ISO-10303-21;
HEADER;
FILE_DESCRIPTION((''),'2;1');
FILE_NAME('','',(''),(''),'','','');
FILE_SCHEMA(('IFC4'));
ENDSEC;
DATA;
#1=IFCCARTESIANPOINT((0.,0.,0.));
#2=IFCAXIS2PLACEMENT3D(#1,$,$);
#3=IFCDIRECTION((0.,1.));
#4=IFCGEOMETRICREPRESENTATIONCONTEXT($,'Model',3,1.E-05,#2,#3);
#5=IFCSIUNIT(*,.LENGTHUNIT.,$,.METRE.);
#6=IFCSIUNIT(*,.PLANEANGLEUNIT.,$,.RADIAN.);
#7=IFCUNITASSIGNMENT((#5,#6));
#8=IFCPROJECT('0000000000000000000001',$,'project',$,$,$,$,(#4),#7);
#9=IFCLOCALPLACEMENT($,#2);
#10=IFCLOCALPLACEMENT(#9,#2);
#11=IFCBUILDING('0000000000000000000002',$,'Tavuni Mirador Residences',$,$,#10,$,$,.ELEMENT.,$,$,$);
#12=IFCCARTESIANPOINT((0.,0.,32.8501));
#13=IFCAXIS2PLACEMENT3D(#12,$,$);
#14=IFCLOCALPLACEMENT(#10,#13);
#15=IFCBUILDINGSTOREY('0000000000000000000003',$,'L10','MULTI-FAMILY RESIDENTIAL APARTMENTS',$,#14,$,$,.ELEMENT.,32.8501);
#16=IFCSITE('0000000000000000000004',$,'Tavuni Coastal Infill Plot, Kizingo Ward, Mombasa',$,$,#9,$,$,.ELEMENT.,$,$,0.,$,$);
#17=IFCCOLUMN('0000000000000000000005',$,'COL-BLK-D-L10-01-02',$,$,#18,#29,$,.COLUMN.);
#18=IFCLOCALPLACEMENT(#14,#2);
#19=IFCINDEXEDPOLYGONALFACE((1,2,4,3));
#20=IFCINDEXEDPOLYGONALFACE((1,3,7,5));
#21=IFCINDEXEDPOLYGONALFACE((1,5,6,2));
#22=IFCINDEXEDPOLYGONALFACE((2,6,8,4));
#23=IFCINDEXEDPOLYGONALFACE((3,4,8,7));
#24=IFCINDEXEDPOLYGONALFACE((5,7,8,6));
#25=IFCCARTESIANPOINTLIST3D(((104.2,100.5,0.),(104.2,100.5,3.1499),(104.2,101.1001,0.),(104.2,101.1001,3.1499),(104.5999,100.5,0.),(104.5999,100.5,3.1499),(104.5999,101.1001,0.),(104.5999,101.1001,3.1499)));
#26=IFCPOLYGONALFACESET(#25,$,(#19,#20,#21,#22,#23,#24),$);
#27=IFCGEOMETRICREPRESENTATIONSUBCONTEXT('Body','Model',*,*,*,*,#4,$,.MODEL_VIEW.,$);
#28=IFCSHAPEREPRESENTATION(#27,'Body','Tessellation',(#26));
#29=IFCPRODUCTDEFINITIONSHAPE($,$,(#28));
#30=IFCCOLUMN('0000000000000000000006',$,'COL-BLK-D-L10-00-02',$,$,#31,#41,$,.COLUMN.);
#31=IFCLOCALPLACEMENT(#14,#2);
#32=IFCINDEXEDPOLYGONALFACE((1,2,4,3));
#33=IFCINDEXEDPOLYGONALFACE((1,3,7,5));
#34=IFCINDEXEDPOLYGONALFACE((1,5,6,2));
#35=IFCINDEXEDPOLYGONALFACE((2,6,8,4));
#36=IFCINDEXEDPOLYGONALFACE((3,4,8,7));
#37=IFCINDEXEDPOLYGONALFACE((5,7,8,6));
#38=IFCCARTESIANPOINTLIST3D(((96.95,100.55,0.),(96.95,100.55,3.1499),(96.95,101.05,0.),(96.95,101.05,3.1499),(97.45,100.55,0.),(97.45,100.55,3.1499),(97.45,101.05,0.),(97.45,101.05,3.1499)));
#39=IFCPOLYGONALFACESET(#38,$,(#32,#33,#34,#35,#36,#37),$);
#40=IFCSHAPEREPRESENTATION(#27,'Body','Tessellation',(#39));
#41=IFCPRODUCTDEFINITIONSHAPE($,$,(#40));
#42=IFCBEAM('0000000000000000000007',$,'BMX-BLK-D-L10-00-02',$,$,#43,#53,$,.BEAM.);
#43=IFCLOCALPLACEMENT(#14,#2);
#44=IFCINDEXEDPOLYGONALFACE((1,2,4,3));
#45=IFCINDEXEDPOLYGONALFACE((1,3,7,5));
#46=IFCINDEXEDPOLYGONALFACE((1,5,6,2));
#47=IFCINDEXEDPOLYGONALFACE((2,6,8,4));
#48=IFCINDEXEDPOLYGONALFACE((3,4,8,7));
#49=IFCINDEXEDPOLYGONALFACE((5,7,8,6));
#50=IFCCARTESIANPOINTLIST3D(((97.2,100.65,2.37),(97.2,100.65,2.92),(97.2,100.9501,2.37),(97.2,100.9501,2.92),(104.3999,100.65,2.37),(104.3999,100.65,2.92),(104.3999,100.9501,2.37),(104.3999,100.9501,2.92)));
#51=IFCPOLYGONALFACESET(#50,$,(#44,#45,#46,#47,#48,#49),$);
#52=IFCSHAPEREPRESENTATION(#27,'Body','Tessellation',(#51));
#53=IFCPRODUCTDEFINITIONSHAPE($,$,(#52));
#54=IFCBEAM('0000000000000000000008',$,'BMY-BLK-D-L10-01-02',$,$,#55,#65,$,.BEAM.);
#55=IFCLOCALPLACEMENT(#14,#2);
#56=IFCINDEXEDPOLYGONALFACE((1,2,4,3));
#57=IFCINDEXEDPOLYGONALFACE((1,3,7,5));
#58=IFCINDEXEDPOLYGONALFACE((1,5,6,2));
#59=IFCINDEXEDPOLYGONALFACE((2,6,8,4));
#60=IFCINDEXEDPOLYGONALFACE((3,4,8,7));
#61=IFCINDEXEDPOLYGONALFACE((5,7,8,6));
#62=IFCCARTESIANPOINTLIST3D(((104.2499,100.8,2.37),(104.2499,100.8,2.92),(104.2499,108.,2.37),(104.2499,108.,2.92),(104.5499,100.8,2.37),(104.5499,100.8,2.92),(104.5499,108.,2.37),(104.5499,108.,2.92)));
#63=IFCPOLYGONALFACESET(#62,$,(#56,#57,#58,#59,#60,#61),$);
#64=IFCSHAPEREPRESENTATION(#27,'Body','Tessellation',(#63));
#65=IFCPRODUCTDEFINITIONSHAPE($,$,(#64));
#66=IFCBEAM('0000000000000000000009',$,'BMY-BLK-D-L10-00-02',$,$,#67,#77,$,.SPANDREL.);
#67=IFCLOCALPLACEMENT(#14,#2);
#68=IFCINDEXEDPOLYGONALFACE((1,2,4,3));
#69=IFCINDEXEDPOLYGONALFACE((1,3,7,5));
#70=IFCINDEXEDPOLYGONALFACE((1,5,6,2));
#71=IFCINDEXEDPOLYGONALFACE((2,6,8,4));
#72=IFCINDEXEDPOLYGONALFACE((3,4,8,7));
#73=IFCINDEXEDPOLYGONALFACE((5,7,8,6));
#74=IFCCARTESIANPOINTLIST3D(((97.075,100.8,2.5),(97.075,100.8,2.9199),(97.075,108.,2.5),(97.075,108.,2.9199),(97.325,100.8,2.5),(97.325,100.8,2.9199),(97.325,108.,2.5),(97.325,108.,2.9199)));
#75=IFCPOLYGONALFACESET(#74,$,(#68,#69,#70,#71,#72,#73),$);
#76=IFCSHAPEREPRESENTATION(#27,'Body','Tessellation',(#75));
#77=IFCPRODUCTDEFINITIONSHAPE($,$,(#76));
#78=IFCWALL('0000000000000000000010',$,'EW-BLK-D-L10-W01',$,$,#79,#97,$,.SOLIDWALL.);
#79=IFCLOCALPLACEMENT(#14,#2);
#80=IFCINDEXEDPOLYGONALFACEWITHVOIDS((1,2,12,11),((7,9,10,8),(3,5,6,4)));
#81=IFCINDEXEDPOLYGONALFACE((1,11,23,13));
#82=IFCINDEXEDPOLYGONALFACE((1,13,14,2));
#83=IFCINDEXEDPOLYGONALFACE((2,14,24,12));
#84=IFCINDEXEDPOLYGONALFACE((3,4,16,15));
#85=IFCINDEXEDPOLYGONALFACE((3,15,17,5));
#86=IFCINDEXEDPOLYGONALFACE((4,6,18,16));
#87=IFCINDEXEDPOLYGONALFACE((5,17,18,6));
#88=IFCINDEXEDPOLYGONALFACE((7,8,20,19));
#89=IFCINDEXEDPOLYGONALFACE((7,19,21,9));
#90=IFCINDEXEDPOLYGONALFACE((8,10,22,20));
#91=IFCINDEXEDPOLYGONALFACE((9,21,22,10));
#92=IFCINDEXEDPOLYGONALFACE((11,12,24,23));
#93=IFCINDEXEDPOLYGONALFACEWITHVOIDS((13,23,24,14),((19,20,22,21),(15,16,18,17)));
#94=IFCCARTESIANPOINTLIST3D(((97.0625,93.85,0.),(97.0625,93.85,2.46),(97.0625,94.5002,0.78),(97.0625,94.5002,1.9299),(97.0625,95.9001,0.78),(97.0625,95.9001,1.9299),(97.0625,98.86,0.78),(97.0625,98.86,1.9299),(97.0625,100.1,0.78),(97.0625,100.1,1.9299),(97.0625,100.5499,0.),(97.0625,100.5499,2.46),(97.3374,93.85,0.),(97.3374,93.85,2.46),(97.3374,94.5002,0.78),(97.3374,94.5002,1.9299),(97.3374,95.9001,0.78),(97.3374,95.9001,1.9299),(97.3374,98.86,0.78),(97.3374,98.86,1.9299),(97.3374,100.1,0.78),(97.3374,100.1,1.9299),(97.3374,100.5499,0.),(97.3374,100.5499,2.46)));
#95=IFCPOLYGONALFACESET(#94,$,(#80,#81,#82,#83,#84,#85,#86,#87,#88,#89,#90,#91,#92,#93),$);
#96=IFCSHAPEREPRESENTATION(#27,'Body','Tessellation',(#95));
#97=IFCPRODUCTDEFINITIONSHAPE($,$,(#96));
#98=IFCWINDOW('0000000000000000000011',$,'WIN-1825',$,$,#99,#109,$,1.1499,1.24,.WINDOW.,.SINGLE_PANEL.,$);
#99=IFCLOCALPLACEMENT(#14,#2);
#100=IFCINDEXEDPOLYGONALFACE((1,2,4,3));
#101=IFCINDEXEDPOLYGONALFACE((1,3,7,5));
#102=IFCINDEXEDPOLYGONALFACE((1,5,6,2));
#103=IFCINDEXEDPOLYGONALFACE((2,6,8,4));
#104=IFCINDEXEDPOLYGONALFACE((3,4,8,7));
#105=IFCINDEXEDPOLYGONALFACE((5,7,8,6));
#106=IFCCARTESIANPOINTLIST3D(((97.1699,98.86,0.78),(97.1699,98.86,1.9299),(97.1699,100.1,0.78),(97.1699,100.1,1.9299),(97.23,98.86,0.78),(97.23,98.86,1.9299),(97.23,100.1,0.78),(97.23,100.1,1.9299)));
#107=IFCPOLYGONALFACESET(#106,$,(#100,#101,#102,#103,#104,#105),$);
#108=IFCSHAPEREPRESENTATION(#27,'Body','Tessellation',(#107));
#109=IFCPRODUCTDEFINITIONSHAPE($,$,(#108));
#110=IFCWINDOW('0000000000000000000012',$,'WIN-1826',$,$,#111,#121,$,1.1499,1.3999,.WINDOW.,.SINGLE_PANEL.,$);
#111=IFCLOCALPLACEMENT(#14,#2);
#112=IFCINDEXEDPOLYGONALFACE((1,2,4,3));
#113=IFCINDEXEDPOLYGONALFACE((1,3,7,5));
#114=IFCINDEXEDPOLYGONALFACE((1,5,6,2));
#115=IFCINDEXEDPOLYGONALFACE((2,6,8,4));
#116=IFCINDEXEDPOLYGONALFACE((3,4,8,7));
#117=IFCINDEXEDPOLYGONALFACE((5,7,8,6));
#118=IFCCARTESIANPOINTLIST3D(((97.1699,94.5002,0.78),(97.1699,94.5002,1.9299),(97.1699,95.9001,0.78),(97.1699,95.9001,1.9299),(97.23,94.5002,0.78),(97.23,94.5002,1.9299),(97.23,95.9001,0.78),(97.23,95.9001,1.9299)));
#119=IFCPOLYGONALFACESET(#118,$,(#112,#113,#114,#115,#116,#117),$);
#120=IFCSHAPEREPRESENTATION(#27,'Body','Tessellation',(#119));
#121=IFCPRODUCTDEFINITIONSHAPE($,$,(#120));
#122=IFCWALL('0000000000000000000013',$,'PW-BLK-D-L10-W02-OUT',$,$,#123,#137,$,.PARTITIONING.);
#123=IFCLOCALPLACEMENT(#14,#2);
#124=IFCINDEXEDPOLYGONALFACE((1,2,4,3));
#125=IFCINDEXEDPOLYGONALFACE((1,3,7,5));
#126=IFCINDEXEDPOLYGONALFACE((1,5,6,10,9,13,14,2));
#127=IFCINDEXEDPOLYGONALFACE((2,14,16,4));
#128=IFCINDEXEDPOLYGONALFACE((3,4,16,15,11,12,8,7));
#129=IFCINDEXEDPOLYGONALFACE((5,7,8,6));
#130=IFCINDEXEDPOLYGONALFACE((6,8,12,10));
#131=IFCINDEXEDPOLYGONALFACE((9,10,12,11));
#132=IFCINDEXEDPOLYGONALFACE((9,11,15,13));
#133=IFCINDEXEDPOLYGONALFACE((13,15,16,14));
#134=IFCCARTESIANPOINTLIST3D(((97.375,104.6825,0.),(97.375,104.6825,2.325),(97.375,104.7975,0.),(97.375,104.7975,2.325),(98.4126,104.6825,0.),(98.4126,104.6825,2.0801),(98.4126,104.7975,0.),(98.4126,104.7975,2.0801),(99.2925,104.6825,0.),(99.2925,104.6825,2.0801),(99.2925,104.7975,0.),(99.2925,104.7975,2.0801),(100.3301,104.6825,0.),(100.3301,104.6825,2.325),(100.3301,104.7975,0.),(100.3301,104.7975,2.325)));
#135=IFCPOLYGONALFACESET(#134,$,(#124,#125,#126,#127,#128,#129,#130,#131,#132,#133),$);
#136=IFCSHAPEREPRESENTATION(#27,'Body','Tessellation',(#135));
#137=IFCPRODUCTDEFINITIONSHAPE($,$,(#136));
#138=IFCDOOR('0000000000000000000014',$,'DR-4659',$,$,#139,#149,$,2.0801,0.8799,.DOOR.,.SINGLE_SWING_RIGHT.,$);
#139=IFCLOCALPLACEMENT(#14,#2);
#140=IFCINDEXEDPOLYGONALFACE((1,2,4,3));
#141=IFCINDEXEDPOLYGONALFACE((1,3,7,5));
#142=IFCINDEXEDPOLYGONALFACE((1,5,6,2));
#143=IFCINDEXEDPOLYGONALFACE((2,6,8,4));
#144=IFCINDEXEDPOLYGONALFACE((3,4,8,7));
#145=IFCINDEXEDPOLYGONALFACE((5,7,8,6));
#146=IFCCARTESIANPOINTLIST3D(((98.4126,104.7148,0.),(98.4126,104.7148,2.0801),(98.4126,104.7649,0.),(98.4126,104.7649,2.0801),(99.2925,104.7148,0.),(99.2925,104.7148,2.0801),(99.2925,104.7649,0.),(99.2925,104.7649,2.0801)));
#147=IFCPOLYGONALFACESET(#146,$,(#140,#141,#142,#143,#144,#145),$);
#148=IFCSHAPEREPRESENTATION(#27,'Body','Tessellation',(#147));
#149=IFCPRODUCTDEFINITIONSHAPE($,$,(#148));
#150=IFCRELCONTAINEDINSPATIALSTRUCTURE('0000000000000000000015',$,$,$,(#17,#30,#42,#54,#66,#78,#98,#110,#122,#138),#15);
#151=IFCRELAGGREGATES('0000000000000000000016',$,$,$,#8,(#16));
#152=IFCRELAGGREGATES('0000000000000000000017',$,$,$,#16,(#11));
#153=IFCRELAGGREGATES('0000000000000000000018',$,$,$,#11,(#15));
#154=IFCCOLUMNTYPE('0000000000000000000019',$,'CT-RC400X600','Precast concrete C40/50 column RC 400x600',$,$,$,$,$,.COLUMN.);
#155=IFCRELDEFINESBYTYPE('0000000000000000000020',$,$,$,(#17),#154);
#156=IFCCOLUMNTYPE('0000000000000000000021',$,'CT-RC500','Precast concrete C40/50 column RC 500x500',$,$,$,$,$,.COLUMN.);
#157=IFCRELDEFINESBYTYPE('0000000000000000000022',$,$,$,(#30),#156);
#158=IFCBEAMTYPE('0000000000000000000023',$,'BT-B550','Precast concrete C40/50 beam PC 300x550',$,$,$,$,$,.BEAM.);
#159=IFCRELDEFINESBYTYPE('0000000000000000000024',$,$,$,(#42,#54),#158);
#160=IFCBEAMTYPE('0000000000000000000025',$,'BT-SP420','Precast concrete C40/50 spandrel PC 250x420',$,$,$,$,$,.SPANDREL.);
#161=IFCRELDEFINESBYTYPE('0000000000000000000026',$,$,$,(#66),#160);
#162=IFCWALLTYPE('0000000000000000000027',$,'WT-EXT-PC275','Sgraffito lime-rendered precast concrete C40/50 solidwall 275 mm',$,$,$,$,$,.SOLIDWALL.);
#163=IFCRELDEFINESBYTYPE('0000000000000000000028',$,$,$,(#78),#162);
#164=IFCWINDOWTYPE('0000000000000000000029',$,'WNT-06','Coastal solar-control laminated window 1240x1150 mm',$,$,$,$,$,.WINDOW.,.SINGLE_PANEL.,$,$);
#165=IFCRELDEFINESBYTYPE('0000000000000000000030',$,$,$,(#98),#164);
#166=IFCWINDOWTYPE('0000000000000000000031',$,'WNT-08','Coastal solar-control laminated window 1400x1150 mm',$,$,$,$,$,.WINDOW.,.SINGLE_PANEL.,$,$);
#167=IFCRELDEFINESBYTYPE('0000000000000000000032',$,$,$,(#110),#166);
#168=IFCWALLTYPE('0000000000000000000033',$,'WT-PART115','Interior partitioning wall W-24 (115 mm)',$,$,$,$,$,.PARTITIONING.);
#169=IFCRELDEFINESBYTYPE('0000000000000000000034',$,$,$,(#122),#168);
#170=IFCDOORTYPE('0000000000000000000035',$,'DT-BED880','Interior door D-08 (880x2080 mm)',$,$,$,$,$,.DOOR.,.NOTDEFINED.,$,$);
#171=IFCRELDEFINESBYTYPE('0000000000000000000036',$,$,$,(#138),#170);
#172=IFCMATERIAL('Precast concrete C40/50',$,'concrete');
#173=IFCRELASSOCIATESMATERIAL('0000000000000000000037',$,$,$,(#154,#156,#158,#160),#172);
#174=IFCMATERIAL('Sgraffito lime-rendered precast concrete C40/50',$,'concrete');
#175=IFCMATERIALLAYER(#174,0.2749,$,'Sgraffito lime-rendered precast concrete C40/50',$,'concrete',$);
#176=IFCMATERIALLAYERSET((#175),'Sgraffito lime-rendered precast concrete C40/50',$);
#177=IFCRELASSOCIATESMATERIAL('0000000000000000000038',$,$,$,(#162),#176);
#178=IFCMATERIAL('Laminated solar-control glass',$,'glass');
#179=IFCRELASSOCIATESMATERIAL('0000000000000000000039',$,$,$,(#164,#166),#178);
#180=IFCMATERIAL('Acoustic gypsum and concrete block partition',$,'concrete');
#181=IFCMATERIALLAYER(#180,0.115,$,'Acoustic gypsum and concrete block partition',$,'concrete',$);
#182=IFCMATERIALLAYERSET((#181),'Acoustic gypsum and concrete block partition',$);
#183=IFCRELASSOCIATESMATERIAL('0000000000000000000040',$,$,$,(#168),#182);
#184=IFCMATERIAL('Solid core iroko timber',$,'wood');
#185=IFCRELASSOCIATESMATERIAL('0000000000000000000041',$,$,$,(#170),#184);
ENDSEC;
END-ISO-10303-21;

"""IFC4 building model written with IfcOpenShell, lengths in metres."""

from ifc_helpers import new_model, si_unit, direction, frame, frame_2d, origin, origin_2d, place, context, subcontext, project, spatial, rectangle, extrude, material, layer, layer_set, material_profile, profile_set, type_object, element, fill, save


model = new_model("IFC4")

# Units and contexts
model_context = context("Model", 3, precision=1e-05, world=origin(), true_north=direction((0.0, 1.0)))
body_context = subcontext(model_context, "Body", "Model", "MODEL_VIEW")
ifc_project = project(units=[si_unit("LENGTHUNIT", "METRE"), si_unit("PLANEANGLEUNIT", "RADIAN")], contexts=[model_context])

# Site, building, storey
site_placement = place(None, origin())
site = spatial("IfcSite", under=ifc_project, at=site_placement, Name="Tavuni Coastal Infill Plot, Kizingo Ward, Mombasa", CompositionType="ELEMENT", RefElevation=0.0)
building_placement = place(site_placement, origin())
building = spatial("IfcBuilding", under=site, at=building_placement, Name="Tavuni Mirador Residences", CompositionType="ELEMENT")
storey_placement = place(building_placement, frame((0.0, 0.0, 32.8501)))
storey = spatial("IfcBuildingStorey", under=building, at=storey_placement, Name="L10", Description="MULTI-FAMILY RESIDENTIAL APARTMENTS", CompositionType="ELEMENT", Elevation=32.8501)

# Columns
ifc_material_1 = material(Name="Precast concrete C40/50", Category="concrete")
ifc_material_profile_1 = material_profile(ifc_material_1, rectangle(XDim=0.3999, YDim=0.6001, at=origin_2d()), Name="RC 400x600", Category="concrete")
ifc_profile_set_1 = profile_set([ifc_material_profile_1], Name="Precast concrete C40/50")
column_type_1 = type_object("IfcColumnType", Name="CT-RC400X600", Description="Precast concrete C40/50 column RC 400x600", PredefinedType="COLUMN", material=ifc_profile_set_1)
column_1_placement = place(storey_placement, frame((104.3999, 100.8, 0.0), z_axis=(0.0, 0.0, 1.0), x_axis=(1.0, 0.0, 0.0)))
element("IfcColumn", 1, at=column_1_placement, inside=storey, type_object=column_type_1, Name="COL-BLK-D-L10-01-02", PredefinedType="COLUMN", context=body_context, shape_type="SweptSolid", body=[
    extrude(rectangle(XDim=0.3999, YDim=0.6001, at=origin_2d()), origin(), (0.0, 0.0, 1.0), 3.1499),
])
ifc_material_profile_2 = material_profile(ifc_material_1, rectangle(XDim=0.5, YDim=0.5, at=origin_2d()), Name="RC 500x500", Category="concrete")
ifc_profile_set_2 = profile_set([ifc_material_profile_2], Name="Precast concrete C40/50")
column_type_2 = type_object("IfcColumnType", Name="CT-RC500", Description="Precast concrete C40/50 column RC 500x500", PredefinedType="COLUMN", material=ifc_profile_set_2)
column_2_placement = place(storey_placement, frame((97.2, 100.8, 0.0), z_axis=(0.0, 0.0, 1.0), x_axis=(1.0, 0.0, 0.0)))
element("IfcColumn", 2, at=column_2_placement, inside=storey, type_object=column_type_2, Name="COL-BLK-D-L10-00-02", PredefinedType="COLUMN", context=body_context, shape_type="SweptSolid", body=[
    extrude(rectangle(XDim=0.5, YDim=0.5, at=origin_2d()), origin(), (0.0, 0.0, 1.0), 3.1499),
])

# Beams
ifc_material_profile_3 = material_profile(ifc_material_1, rectangle(XDim=0.3, YDim=0.55, at=origin_2d()), Name="PC 300x550", Category="concrete")
ifc_profile_set_3 = profile_set([ifc_material_profile_3], Name="Precast concrete C40/50")
beam_type_1 = type_object("IfcBeamType", Name="BT-B550", Description="Precast concrete C40/50 beam PC 300x550", PredefinedType="BEAM", material=ifc_profile_set_3)
for number, where, z_axis, x_axis, name in (
    (3, (97.2, 100.8, 2.645), (1.0, 0.0, 0.0), (0.0, 1.0, 0.0), "BMX-BLK-D-L10-00-02"),
    (4, (104.3999, 100.8, 2.645), (0.0, 1.0, 0.0), (-1.0, 0.0, 0.0), "BMY-BLK-D-L10-01-02"),
):
    element("IfcBeam", number, at=place(storey_placement, frame(where, z_axis=z_axis, x_axis=x_axis)), inside=storey, type_object=beam_type_1, Name=name, PredefinedType="BEAM", context=body_context, shape_type="SweptSolid", body=[
        extrude(rectangle(XDim=0.3, YDim=0.55, at=origin_2d()), origin(), (0.0, 0.0, 1.0), 7.2),
    ])
ifc_material_profile_4 = material_profile(ifc_material_1, rectangle(XDim=0.25, YDim=0.4199, at=origin_2d()), Name="PC 250x420", Category="concrete")
ifc_profile_set_4 = profile_set([ifc_material_profile_4], Name="Precast concrete C40/50")
beam_type_2 = type_object("IfcBeamType", Name="BT-SP420", Description="Precast concrete C40/50 spandrel PC 250x420", PredefinedType="SPANDREL", material=ifc_profile_set_4)
beam_placement = place(storey_placement, frame((97.2, 100.8, 2.71), z_axis=(0.0, 1.0, 0.0), x_axis=(-1.0, 0.0, 0.0)))
element("IfcBeam", 5, at=beam_placement, inside=storey, type_object=beam_type_2, Name="BMY-BLK-D-L10-00-02", PredefinedType="SPANDREL", context=body_context, shape_type="SweptSolid", body=[
    extrude(rectangle(XDim=0.25, YDim=0.4199, at=origin_2d()), origin(), (0.0, 0.0, 1.0), 7.2),
])

# Shared definitions
ifc_material_2 = material(Name="Solid core iroko timber", Category="wood")

# Wall, openings, windows
ifc_material_3 = material(Name="Sgraffito lime-rendered precast concrete C40/50", Category="concrete")
ifc_layer_1 = layer(ifc_material_3, 0.2749, Name="Sgraffito lime-rendered precast concrete C40/50", Category="concrete")
ifc_layer_set_1 = layer_set([ifc_layer_1], Name="Sgraffito lime-rendered precast concrete C40/50")
wall_type_1 = type_object("IfcWallType", Name="WT-EXT-PC275", Description="Sgraffito lime-rendered precast concrete C40/50 solidwall 275 mm", PredefinedType="SOLIDWALL", material=ifc_layer_set_1)
wall_1_placement = place(storey_placement, frame((97.2, 100.55, 0.0), z_axis=(0.0, 0.0, 1.0), x_axis=(0.0, -1.0, 0.0)))
wall_1 = element("IfcWall", 6, at=wall_1_placement, inside=storey, type_object=wall_type_1, Name="EW-BLK-D-L10-W01", PredefinedType="SOLIDWALL", context=body_context, shape_type="SweptSolid", body=[
    extrude(rectangle(XDim=6.7, YDim=0.2749, at=frame_2d((3.3501, 0.0))), origin(), (0.0, 0.0, 1.0), 2.46),
])
opening_1_placement = place(wall_1_placement, frame((0.45, 0.0, 0.78)))
opening_1 = element("IfcOpeningElement", 7, at=opening_1_placement, cuts=wall_1, PredefinedType="OPENING", context=body_context, shape_type="SweptSolid", body=[
    extrude(rectangle(XDim=1.24, YDim=1.1499, at=frame_2d((0.6201, 0.575))), frame((0.0, 0.1475, 0.0), z_axis=(0.0, -1.0, 0.0), x_axis=(1.0, 0.0, 0.0)), (0.0, 0.0, 1.0), 0.2949),
])
opening_2_placement = place(wall_1_placement, frame((4.6499, 0.0, 0.78)))
opening_2 = element("IfcOpeningElement", 8, at=opening_2_placement, cuts=wall_1, PredefinedType="OPENING", context=body_context, shape_type="SweptSolid", body=[
    extrude(rectangle(XDim=1.3999, YDim=1.1499, at=frame_2d((0.7, 0.575))), frame((0.0, 0.1475, 0.0), z_axis=(0.0, -1.0, 0.0), x_axis=(1.0, 0.0, 0.0)), (0.0, 0.0, 1.0), 0.2949),
])
ifc_material_4 = material(Name="Laminated solar-control glass", Category="glass")
window_type_1 = type_object("IfcWindowType", Name="WNT-06", Description="Coastal solar-control laminated window 1240x1150 mm", PartitioningType="SINGLE_PANEL", PredefinedType="WINDOW", material=ifc_material_4)
window_1_placement = place(opening_1_placement, origin())
window_1 = element("IfcWindow", 9, at=window_1_placement, inside=storey, type_object=window_type_1, Name="WIN-1825", OverallHeight=1.1499, OverallWidth=1.24, PartitioningType="SINGLE_PANEL", PredefinedType="WINDOW", context=body_context, shape_type="SweptSolid", body=[
    extrude(rectangle(XDim=1.24, YDim=1.1499, at=frame_2d((0.6201, 0.575))), frame((0.0, 0.03, 0.0), z_axis=(0.0, -1.0, 0.0), x_axis=(1.0, 0.0, 0.0)), (0.0, 0.0, 1.0), 0.0601),
])
fill(opening_1, window_1)
window_type_2 = type_object("IfcWindowType", Name="WNT-08", Description="Coastal solar-control laminated window 1400x1150 mm", PartitioningType="SINGLE_PANEL", PredefinedType="WINDOW", material=ifc_material_4)
window_2_placement = place(opening_2_placement, origin())
window_2 = element("IfcWindow", 10, at=window_2_placement, inside=storey, type_object=window_type_2, Name="WIN-1826", OverallHeight=1.1499, OverallWidth=1.3999, PartitioningType="SINGLE_PANEL", PredefinedType="WINDOW", context=body_context, shape_type="SweptSolid", body=[
    extrude(rectangle(XDim=1.3999, YDim=1.1499, at=frame_2d((0.7, 0.575))), frame((0.0, 0.03, 0.0), z_axis=(0.0, -1.0, 0.0), x_axis=(1.0, 0.0, 0.0)), (0.0, 0.0, 1.0), 0.0601),
])
fill(opening_2, window_2)

# Wall, opening, door
ifc_material_5 = material(Name="Acoustic gypsum and concrete block partition", Category="concrete")
ifc_layer_2 = layer(ifc_material_5, 0.115, Name="Acoustic gypsum and concrete block partition", Category="concrete")
ifc_layer_set_2 = layer_set([ifc_layer_2], Name="Acoustic gypsum and concrete block partition")
wall_type_2 = type_object("IfcWallType", Name="WT-PART115", Description="Interior partitioning wall W-24 (115 mm)", PredefinedType="PARTITIONING", material=ifc_layer_set_2)
wall_2_placement = place(storey_placement, frame((97.375, 104.74, 0.0), z_axis=(0.0, 0.0, 1.0), x_axis=(1.0, 0.0, 0.0)))
wall_2 = element("IfcWall", 11, at=wall_2_placement, inside=storey, type_object=wall_type_2, Name="PW-BLK-D-L10-W02-OUT", PredefinedType="PARTITIONING", context=body_context, shape_type="SweptSolid", body=[
    extrude(rectangle(XDim=2.9551, YDim=0.115, at=frame_2d((1.4775, 0.0))), origin(), (0.0, 0.0, 1.0), 2.325),
])
opening_3_placement = place(wall_2_placement, frame((1.0376, 0.0, 0.0)))
opening_3 = element("IfcOpeningElement", 12, at=opening_3_placement, cuts=wall_2, PredefinedType="OPENING", context=body_context, shape_type="SweptSolid", body=[
    extrude(rectangle(XDim=0.8799, YDim=2.0801, at=frame_2d((0.4399, 1.04))), frame((0.0, 0.0674, 0.0), z_axis=(0.0, -1.0, 0.0), x_axis=(1.0, 0.0, 0.0)), (0.0, 0.0, 1.0), 0.135),
])
door_type_1 = type_object("IfcDoorType", Name="DT-BED880", Description="Interior door D-08 (880x2080 mm)", OperationType="NOTDEFINED", PredefinedType="DOOR", material=ifc_material_2)
door_1_placement = place(opening_3_placement, origin())
door_1 = element("IfcDoor", 13, at=door_1_placement, inside=storey, type_object=door_type_1, Name="DR-4659", OperationType="SINGLE_SWING_RIGHT", OverallHeight=2.0801, OverallWidth=0.8799, PredefinedType="DOOR", context=body_context, shape_type="SweptSolid", body=[
    extrude(rectangle(XDim=0.8799, YDim=2.0801, at=frame_2d((0.4399, 1.04))), frame((0.0, 0.0249, 0.0), z_axis=(0.0, -1.0, 0.0), x_axis=(1.0, 0.0, 0.0)), (0.0, 0.0, 1.0), 0.05),
])
fill(opening_3, door_1)

save(model, "model.ifc")
